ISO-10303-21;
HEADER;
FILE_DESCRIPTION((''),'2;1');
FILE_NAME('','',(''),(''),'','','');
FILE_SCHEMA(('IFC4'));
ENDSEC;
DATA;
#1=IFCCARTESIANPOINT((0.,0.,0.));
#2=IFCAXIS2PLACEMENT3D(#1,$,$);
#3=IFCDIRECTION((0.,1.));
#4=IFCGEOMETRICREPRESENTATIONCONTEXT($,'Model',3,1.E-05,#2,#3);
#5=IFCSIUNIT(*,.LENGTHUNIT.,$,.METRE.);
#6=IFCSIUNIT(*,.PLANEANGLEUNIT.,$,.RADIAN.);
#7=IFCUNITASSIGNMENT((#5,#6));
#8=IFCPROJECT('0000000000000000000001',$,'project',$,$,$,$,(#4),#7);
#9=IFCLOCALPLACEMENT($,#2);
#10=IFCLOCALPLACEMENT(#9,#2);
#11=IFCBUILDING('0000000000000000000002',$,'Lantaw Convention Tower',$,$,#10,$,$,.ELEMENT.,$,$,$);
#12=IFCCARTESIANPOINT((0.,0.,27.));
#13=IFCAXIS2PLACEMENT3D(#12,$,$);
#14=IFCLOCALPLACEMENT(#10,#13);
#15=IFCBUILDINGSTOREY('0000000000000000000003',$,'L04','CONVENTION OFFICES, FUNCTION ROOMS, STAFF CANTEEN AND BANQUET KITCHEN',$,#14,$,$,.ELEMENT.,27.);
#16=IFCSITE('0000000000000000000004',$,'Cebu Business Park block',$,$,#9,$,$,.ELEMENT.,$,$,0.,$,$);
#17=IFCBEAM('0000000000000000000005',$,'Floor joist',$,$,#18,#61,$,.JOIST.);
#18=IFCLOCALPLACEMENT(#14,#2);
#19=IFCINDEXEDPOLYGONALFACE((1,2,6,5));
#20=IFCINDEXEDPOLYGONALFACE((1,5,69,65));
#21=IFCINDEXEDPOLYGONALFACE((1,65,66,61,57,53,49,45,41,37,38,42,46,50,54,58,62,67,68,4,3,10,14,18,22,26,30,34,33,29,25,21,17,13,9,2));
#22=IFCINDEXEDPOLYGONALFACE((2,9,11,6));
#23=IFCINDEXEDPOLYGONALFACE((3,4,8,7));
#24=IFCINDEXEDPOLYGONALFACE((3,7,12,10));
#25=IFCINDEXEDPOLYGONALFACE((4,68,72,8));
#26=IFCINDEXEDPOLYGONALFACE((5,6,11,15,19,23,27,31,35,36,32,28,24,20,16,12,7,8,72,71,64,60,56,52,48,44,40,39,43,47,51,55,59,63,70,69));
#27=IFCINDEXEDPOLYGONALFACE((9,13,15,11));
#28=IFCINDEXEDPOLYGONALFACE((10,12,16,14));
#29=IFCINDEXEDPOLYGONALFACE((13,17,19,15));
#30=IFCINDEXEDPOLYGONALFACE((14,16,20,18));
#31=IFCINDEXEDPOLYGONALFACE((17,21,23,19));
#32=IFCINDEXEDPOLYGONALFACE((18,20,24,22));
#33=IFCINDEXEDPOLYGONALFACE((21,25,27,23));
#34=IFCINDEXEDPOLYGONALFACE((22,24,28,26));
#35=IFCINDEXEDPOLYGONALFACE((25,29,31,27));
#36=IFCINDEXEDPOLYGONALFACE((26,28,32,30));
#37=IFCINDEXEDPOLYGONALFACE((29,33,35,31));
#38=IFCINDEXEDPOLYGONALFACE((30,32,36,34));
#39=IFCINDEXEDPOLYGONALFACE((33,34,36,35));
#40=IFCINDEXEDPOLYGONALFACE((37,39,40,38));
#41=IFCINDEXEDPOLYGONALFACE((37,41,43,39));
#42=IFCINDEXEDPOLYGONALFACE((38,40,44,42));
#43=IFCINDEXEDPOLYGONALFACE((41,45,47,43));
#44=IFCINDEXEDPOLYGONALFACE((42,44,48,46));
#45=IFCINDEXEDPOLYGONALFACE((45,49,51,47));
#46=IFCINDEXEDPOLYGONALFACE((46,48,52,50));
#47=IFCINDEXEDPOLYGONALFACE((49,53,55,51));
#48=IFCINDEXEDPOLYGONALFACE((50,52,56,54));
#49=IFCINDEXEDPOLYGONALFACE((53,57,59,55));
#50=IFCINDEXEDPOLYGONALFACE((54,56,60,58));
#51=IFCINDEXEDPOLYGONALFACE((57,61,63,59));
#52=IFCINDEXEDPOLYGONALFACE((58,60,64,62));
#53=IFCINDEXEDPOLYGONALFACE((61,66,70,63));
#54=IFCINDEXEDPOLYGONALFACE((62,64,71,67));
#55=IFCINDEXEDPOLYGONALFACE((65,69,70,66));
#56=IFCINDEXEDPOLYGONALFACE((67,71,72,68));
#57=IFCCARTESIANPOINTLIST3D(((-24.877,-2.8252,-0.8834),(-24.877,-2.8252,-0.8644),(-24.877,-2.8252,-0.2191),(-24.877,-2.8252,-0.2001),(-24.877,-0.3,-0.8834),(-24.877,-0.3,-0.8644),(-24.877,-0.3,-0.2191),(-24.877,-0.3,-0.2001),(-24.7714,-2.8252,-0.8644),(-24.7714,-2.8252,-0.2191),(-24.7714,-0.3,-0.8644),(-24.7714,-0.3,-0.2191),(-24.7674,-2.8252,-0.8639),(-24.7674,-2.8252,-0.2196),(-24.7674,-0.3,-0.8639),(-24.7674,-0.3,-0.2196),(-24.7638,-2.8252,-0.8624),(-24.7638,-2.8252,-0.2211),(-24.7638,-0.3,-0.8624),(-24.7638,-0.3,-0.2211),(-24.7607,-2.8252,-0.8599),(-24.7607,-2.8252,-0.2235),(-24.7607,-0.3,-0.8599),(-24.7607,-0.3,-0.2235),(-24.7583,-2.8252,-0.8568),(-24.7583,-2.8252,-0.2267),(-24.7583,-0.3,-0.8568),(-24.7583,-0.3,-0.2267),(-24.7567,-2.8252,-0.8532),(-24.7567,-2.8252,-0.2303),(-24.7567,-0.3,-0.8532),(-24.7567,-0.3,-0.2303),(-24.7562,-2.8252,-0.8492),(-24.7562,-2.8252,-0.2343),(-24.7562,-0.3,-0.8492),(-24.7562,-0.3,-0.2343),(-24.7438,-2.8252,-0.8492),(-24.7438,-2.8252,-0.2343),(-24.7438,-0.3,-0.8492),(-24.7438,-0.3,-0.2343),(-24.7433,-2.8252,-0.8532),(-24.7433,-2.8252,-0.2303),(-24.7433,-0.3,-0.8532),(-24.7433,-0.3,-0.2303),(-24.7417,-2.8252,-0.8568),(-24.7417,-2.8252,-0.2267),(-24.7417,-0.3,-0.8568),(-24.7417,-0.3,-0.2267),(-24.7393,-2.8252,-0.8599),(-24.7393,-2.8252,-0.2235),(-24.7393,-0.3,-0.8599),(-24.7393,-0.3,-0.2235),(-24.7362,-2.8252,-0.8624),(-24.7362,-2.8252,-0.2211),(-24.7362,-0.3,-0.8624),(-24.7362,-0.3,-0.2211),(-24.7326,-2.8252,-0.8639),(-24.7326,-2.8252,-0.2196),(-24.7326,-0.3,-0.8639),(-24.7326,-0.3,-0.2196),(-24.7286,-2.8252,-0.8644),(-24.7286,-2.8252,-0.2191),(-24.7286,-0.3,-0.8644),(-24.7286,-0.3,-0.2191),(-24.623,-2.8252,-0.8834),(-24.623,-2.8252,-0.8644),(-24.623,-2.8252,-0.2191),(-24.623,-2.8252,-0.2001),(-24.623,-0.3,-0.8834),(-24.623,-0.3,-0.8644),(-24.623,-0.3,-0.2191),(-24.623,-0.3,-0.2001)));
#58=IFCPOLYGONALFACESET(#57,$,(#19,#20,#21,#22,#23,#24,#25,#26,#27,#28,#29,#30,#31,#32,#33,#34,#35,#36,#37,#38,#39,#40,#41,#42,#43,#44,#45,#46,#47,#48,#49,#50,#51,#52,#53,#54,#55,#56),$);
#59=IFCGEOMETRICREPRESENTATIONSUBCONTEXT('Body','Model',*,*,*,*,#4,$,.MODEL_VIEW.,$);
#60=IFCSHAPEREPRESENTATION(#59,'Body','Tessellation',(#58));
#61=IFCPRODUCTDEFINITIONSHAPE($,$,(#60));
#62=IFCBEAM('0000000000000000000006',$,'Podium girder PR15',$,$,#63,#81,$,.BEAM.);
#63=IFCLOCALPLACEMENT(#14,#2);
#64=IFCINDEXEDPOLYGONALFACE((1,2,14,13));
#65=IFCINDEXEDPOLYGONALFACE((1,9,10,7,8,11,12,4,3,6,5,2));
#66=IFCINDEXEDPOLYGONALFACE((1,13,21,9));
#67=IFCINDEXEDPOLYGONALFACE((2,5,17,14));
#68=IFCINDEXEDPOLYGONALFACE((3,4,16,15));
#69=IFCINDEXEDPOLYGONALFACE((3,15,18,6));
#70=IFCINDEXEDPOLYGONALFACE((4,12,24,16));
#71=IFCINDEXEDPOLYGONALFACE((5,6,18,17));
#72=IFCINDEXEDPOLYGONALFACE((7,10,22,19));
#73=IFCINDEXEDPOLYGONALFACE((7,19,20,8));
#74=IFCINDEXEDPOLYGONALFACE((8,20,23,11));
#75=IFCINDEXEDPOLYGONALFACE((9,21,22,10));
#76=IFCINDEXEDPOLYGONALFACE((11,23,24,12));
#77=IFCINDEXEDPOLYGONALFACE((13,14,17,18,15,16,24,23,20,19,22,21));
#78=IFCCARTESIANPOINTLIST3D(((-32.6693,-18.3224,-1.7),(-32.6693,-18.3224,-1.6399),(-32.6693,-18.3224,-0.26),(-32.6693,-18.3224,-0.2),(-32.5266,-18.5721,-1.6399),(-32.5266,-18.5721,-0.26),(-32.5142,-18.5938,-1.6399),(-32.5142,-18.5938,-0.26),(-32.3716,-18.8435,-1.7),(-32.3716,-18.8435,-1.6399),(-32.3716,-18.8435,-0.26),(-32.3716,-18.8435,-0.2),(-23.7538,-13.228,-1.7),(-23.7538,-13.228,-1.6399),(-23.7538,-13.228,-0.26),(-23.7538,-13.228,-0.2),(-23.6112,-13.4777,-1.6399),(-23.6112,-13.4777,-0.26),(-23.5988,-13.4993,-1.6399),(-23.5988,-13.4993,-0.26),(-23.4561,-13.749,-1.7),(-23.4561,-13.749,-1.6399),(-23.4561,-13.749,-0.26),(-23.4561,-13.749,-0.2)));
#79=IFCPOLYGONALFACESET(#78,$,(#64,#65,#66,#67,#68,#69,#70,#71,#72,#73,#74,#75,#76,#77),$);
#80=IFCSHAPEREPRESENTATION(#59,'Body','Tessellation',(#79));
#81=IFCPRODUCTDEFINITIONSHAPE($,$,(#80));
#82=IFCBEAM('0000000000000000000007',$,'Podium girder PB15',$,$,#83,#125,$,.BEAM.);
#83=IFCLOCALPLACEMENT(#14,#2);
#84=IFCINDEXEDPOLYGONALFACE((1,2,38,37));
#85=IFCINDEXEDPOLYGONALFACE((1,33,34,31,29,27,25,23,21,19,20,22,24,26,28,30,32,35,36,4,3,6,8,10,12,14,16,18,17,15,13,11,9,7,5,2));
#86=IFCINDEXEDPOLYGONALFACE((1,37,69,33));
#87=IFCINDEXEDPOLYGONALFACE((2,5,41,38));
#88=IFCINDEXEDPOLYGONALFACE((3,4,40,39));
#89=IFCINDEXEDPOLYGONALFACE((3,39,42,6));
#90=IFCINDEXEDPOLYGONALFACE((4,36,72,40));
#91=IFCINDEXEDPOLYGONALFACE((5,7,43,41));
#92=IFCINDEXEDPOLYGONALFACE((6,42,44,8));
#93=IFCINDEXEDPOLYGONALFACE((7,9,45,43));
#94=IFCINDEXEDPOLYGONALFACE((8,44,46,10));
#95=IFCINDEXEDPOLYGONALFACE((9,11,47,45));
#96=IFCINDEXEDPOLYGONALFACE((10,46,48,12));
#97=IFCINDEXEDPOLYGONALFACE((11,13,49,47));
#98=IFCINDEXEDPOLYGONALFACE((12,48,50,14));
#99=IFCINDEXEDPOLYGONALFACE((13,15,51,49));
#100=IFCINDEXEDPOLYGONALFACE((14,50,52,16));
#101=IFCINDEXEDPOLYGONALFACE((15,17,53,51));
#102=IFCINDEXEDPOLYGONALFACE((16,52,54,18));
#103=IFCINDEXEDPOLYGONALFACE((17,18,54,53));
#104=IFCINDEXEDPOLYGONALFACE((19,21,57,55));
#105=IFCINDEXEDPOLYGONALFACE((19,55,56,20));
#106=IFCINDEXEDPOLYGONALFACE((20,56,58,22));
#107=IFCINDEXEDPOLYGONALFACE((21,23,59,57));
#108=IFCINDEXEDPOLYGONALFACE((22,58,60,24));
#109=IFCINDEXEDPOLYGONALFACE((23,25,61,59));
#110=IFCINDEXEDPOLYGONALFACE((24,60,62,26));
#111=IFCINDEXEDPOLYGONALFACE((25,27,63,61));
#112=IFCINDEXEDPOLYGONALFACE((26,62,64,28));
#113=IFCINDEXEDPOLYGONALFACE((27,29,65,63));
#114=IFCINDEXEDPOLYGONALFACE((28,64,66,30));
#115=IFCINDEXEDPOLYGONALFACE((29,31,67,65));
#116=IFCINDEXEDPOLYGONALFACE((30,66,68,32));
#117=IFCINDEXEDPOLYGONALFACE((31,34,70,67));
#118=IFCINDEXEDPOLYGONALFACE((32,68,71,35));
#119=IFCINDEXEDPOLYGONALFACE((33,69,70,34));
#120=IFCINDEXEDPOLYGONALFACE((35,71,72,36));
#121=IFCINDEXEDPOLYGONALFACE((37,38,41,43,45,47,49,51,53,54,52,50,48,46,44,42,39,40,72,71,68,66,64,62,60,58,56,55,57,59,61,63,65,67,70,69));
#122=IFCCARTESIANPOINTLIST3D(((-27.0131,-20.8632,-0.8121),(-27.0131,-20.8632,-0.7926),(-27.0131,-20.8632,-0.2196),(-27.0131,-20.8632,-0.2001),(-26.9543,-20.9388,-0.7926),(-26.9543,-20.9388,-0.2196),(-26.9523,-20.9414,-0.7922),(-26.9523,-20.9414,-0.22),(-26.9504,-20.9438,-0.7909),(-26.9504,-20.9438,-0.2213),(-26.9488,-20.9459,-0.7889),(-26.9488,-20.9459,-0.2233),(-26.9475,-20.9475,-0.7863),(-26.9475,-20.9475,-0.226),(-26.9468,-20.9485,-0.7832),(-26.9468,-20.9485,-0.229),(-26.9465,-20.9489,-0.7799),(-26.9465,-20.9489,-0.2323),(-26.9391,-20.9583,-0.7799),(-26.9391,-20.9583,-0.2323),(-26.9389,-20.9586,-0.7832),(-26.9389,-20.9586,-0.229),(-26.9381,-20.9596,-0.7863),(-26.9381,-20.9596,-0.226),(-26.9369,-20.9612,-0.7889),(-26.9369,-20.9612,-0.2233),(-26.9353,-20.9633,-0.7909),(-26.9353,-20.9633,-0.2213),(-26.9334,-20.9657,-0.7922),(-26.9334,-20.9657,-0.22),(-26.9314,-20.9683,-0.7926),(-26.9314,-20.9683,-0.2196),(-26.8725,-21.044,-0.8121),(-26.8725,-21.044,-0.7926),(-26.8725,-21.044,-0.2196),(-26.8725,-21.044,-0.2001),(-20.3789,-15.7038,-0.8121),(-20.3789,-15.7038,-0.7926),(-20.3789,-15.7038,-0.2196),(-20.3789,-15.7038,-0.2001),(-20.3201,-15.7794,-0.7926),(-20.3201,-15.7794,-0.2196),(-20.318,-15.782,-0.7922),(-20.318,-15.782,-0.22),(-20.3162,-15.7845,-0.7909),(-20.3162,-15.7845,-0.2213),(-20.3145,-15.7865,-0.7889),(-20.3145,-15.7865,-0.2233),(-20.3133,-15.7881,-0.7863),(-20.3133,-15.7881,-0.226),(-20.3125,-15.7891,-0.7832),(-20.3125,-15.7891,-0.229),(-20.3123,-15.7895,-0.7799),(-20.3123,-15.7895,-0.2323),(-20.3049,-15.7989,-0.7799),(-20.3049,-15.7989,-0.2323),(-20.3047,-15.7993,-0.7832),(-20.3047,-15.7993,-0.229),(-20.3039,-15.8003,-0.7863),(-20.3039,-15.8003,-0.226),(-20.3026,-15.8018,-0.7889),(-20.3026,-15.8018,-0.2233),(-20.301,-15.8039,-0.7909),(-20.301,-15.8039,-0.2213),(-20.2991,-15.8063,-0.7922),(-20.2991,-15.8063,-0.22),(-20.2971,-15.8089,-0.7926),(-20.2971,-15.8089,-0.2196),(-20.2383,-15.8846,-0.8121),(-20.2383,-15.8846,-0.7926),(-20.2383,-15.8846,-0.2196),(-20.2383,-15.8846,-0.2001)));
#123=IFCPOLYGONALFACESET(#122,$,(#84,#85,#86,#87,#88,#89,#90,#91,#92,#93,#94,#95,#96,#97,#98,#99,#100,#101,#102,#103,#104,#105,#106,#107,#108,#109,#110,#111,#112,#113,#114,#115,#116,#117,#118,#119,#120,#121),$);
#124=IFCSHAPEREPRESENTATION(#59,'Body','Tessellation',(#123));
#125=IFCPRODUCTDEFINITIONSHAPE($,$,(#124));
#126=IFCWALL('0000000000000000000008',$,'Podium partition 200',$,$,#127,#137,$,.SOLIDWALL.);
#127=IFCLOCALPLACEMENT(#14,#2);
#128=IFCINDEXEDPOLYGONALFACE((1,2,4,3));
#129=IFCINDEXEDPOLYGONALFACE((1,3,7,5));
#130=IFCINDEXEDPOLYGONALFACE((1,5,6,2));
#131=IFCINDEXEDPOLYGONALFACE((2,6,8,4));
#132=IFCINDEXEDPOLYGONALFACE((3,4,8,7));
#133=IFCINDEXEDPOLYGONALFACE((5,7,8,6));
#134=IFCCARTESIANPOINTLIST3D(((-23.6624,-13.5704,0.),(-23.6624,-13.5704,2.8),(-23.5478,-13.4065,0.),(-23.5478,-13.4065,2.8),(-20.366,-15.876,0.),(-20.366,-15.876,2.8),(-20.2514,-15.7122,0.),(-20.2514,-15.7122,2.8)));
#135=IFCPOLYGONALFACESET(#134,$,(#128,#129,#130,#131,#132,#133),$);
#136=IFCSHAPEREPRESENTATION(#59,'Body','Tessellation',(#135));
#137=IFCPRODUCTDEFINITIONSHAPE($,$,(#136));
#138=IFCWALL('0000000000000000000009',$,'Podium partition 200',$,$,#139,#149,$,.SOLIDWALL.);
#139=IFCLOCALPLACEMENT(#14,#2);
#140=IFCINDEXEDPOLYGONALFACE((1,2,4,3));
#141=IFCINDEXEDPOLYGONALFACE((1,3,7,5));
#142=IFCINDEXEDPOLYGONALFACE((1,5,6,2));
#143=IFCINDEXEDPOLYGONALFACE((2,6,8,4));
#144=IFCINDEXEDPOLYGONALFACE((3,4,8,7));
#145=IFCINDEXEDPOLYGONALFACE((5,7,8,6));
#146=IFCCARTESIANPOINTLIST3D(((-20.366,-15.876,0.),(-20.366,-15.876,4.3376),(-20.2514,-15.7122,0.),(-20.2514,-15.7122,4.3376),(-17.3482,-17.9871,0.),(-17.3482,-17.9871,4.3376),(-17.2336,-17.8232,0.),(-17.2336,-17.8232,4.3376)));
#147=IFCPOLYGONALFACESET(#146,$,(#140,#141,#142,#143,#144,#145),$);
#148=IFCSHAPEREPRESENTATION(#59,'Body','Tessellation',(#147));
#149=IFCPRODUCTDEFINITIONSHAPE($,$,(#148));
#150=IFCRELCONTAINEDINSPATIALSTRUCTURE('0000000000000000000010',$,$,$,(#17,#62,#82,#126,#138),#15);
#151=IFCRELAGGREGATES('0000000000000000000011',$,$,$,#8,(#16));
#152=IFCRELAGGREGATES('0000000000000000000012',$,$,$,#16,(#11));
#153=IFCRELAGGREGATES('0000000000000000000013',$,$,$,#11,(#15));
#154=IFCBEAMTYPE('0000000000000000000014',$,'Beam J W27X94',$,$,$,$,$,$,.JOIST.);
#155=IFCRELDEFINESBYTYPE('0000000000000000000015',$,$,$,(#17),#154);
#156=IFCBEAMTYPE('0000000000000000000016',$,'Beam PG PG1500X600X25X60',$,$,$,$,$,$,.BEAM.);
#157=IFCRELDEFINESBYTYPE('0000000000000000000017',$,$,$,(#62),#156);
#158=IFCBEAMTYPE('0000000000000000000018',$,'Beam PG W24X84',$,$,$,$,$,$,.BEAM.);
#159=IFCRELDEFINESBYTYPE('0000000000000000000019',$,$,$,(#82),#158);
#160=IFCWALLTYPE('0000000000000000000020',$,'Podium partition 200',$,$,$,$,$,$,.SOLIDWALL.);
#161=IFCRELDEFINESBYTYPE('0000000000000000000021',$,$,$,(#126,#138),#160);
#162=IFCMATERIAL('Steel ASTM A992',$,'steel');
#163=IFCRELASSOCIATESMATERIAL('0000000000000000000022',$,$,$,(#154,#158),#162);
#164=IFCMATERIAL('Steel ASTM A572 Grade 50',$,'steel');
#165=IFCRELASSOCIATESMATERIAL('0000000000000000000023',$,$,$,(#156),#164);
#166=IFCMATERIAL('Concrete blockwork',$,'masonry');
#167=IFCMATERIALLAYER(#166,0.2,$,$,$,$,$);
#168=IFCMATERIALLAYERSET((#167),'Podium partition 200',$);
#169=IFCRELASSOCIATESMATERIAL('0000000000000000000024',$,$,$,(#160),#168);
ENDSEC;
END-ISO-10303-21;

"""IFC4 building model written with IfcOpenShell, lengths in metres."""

from ifc_helpers import new_model, si_unit, direction, frame, frame_2d, origin, origin_2d, place, context, subcontext, project, spatial, rectangle, i_section, extrude, material, layer, layer_set, material_profile, profile_set, type_object, element, save


model = new_model("IFC4")

# Units and contexts
model_context = context("Model", 3, precision=1e-05, world=origin(), true_north=direction((0.0, 1.0)))
body_context = subcontext(model_context, "Body", "Model", "MODEL_VIEW")
ifc_project = project(units=[si_unit("LENGTHUNIT", "METRE"), si_unit("PLANEANGLEUNIT", "RADIAN")], contexts=[model_context])

# Site, building, storey
site_placement = place(None, origin())
site = spatial("IfcSite", under=ifc_project, at=site_placement, Name="Cebu Business Park block", CompositionType="ELEMENT", RefElevation=0.0)
building_placement = place(site_placement, origin())
building = spatial("IfcBuilding", under=site, at=building_placement, Name="Lantaw Convention Tower", CompositionType="ELEMENT")
storey_placement = place(building_placement, frame((0.0, 0.0, 27.0)))
storey = spatial("IfcBuildingStorey", under=building, at=storey_placement, Name="L04", Description="CONVENTION OFFICES, FUNCTION ROOMS, STAFF CANTEEN AND BANQUET KITCHEN", CompositionType="ELEMENT", Elevation=27.0)

# Shared definitions
ifc_material_1 = material(Name="Steel ASTM A572 Grade 50", Category="steel")

# Beams
ifc_material_2 = material(Name="Steel ASTM A992", Category="steel")
ifc_material_profile_1 = material_profile(ifc_material_2, i_section(OverallWidth=0.2539, OverallDepth=0.6833, WebThickness=0.0125, FlangeThickness=0.019, FilletRadius=0.0151, at=origin_2d()), Name="W27X94")
ifc_profile_set_1 = profile_set([ifc_material_profile_1], Name="Steel ASTM A992")
beam_type_1 = type_object("IfcBeamType", Name="Beam J W27X94", PredefinedType="JOIST", material=ifc_profile_set_1)
beam_1_placement = place(storey_placement, frame((-24.75, -2.8252, -0.5417), z_axis=(0.0, 1.0, 0.0), x_axis=(-1.0, 0.0, 0.0)))
element("IfcBeam", 1, at=beam_1_placement, inside=storey, type_object=beam_type_1, Name="Floor joist", PredefinedType="JOIST", context=body_context, shape_type="SweptSolid", body=[
    extrude(i_section(OverallWidth=0.2539, OverallDepth=0.6833, WebThickness=0.0125, FlangeThickness=0.019, FilletRadius=0.0151, at=origin_2d()), origin(), (0.0, 0.0, 1.0), 2.5251),
])
ifc_material_profile_2 = material_profile(ifc_material_1, i_section(OverallWidth=0.6001, OverallDepth=1.5, WebThickness=0.0249, FlangeThickness=0.0601, at=origin_2d()), Name="PG1500X600X25X60")
ifc_profile_set_2 = profile_set([ifc_material_profile_2], Name="Steel ASTM A572 Grade 50")
beam_type_2 = type_object("IfcBeamType", Name="Beam PG PG1500X600X25X60", PredefinedType="BEAM", material=ifc_profile_set_2)
beam_2_placement = place(storey_placement, frame((-23.605, -13.4885, -0.95), z_axis=(-0.868248, -0.496131, 0.0), x_axis=(0.496131, -0.868248, 0.0)))
element("IfcBeam", 2, at=beam_2_placement, inside=storey, type_object=beam_type_2, Name="Podium girder PR15", PredefinedType="BEAM", context=body_context, shape_type="SweptSolid", body=[
    extrude(i_section(OverallWidth=0.6001, OverallDepth=1.5, WebThickness=0.0249, FlangeThickness=0.0601, at=origin_2d()), origin(), (0.0, 0.0, 1.0), 10.2683),
])
ifc_material_profile_3 = material_profile(ifc_material_2, i_section(OverallWidth=0.229, OverallDepth=0.6121, WebThickness=0.012, FlangeThickness=0.0195, FilletRadius=0.0127, at=origin_2d()), Name="W24X84")
ifc_profile_set_3 = profile_set([ifc_material_profile_3], Name="Steel ASTM A992")
beam_type_3 = type_object("IfcBeamType", Name="Beam PG W24X84", PredefinedType="BEAM", material=ifc_profile_set_3)
beam_3_placement = place(storey_placement, frame((-20.3086, -15.7942, -0.5061), z_axis=(-0.789385, -0.613898, 0.0), x_axis=(0.613898, -0.789385, 0.0)))
element("IfcBeam", 3, at=beam_3_placement, inside=storey, type_object=beam_type_3, Name="Podium girder PB15", PredefinedType="BEAM", context=body_context, shape_type="SweptSolid", body=[
    extrude(i_section(OverallWidth=0.229, OverallDepth=0.6121, WebThickness=0.012, FlangeThickness=0.0195, FilletRadius=0.0127, at=origin_2d()), origin(), (0.0, 0.0, 1.0), 8.4043),
])

# Walls
ifc_material_3 = material(Name="Concrete blockwork", Category="masonry")
ifc_layer = layer(ifc_material_3, 0.2)
ifc_layer_set = layer_set([ifc_layer], Name="Podium partition 200")
wall_type = type_object("IfcWallType", Name="Podium partition 200", PredefinedType="SOLIDWALL", material=ifc_layer_set)
wall_1_placement = place(storey_placement, frame((-23.605, -13.4885, 0.0), z_axis=(0.0, 0.0, 1.0), x_axis=(0.819443, -0.573161, 0.0)))
element("IfcWall", 4, at=wall_1_placement, inside=storey, type_object=wall_type, Name="Podium partition 200", PredefinedType="SOLIDWALL", context=body_context, shape_type="SweptSolid", body=[
    extrude(rectangle(XDim=4.0227, YDim=0.2, at=frame_2d((2.0112, 0.0))), origin(), (0.0, 0.0, 1.0), 2.8),
])
wall_2_placement = place(storey_placement, frame((-20.3086, -15.7942, 0.0), z_axis=(0.0, 0.0, 1.0), x_axis=(0.819409, -0.573209, 0.0)))
element("IfcWall", 5, at=wall_2_placement, inside=storey, type_object=wall_type, Name="Podium partition 200", PredefinedType="SOLIDWALL", context=body_context, shape_type="SweptSolid", body=[
    extrude(rectangle(XDim=3.6829, YDim=0.2, at=frame_2d((1.8413, 0.0))), origin(), (0.0, 0.0, 1.0), 4.3376),
])

save(model, "model.ifc")
